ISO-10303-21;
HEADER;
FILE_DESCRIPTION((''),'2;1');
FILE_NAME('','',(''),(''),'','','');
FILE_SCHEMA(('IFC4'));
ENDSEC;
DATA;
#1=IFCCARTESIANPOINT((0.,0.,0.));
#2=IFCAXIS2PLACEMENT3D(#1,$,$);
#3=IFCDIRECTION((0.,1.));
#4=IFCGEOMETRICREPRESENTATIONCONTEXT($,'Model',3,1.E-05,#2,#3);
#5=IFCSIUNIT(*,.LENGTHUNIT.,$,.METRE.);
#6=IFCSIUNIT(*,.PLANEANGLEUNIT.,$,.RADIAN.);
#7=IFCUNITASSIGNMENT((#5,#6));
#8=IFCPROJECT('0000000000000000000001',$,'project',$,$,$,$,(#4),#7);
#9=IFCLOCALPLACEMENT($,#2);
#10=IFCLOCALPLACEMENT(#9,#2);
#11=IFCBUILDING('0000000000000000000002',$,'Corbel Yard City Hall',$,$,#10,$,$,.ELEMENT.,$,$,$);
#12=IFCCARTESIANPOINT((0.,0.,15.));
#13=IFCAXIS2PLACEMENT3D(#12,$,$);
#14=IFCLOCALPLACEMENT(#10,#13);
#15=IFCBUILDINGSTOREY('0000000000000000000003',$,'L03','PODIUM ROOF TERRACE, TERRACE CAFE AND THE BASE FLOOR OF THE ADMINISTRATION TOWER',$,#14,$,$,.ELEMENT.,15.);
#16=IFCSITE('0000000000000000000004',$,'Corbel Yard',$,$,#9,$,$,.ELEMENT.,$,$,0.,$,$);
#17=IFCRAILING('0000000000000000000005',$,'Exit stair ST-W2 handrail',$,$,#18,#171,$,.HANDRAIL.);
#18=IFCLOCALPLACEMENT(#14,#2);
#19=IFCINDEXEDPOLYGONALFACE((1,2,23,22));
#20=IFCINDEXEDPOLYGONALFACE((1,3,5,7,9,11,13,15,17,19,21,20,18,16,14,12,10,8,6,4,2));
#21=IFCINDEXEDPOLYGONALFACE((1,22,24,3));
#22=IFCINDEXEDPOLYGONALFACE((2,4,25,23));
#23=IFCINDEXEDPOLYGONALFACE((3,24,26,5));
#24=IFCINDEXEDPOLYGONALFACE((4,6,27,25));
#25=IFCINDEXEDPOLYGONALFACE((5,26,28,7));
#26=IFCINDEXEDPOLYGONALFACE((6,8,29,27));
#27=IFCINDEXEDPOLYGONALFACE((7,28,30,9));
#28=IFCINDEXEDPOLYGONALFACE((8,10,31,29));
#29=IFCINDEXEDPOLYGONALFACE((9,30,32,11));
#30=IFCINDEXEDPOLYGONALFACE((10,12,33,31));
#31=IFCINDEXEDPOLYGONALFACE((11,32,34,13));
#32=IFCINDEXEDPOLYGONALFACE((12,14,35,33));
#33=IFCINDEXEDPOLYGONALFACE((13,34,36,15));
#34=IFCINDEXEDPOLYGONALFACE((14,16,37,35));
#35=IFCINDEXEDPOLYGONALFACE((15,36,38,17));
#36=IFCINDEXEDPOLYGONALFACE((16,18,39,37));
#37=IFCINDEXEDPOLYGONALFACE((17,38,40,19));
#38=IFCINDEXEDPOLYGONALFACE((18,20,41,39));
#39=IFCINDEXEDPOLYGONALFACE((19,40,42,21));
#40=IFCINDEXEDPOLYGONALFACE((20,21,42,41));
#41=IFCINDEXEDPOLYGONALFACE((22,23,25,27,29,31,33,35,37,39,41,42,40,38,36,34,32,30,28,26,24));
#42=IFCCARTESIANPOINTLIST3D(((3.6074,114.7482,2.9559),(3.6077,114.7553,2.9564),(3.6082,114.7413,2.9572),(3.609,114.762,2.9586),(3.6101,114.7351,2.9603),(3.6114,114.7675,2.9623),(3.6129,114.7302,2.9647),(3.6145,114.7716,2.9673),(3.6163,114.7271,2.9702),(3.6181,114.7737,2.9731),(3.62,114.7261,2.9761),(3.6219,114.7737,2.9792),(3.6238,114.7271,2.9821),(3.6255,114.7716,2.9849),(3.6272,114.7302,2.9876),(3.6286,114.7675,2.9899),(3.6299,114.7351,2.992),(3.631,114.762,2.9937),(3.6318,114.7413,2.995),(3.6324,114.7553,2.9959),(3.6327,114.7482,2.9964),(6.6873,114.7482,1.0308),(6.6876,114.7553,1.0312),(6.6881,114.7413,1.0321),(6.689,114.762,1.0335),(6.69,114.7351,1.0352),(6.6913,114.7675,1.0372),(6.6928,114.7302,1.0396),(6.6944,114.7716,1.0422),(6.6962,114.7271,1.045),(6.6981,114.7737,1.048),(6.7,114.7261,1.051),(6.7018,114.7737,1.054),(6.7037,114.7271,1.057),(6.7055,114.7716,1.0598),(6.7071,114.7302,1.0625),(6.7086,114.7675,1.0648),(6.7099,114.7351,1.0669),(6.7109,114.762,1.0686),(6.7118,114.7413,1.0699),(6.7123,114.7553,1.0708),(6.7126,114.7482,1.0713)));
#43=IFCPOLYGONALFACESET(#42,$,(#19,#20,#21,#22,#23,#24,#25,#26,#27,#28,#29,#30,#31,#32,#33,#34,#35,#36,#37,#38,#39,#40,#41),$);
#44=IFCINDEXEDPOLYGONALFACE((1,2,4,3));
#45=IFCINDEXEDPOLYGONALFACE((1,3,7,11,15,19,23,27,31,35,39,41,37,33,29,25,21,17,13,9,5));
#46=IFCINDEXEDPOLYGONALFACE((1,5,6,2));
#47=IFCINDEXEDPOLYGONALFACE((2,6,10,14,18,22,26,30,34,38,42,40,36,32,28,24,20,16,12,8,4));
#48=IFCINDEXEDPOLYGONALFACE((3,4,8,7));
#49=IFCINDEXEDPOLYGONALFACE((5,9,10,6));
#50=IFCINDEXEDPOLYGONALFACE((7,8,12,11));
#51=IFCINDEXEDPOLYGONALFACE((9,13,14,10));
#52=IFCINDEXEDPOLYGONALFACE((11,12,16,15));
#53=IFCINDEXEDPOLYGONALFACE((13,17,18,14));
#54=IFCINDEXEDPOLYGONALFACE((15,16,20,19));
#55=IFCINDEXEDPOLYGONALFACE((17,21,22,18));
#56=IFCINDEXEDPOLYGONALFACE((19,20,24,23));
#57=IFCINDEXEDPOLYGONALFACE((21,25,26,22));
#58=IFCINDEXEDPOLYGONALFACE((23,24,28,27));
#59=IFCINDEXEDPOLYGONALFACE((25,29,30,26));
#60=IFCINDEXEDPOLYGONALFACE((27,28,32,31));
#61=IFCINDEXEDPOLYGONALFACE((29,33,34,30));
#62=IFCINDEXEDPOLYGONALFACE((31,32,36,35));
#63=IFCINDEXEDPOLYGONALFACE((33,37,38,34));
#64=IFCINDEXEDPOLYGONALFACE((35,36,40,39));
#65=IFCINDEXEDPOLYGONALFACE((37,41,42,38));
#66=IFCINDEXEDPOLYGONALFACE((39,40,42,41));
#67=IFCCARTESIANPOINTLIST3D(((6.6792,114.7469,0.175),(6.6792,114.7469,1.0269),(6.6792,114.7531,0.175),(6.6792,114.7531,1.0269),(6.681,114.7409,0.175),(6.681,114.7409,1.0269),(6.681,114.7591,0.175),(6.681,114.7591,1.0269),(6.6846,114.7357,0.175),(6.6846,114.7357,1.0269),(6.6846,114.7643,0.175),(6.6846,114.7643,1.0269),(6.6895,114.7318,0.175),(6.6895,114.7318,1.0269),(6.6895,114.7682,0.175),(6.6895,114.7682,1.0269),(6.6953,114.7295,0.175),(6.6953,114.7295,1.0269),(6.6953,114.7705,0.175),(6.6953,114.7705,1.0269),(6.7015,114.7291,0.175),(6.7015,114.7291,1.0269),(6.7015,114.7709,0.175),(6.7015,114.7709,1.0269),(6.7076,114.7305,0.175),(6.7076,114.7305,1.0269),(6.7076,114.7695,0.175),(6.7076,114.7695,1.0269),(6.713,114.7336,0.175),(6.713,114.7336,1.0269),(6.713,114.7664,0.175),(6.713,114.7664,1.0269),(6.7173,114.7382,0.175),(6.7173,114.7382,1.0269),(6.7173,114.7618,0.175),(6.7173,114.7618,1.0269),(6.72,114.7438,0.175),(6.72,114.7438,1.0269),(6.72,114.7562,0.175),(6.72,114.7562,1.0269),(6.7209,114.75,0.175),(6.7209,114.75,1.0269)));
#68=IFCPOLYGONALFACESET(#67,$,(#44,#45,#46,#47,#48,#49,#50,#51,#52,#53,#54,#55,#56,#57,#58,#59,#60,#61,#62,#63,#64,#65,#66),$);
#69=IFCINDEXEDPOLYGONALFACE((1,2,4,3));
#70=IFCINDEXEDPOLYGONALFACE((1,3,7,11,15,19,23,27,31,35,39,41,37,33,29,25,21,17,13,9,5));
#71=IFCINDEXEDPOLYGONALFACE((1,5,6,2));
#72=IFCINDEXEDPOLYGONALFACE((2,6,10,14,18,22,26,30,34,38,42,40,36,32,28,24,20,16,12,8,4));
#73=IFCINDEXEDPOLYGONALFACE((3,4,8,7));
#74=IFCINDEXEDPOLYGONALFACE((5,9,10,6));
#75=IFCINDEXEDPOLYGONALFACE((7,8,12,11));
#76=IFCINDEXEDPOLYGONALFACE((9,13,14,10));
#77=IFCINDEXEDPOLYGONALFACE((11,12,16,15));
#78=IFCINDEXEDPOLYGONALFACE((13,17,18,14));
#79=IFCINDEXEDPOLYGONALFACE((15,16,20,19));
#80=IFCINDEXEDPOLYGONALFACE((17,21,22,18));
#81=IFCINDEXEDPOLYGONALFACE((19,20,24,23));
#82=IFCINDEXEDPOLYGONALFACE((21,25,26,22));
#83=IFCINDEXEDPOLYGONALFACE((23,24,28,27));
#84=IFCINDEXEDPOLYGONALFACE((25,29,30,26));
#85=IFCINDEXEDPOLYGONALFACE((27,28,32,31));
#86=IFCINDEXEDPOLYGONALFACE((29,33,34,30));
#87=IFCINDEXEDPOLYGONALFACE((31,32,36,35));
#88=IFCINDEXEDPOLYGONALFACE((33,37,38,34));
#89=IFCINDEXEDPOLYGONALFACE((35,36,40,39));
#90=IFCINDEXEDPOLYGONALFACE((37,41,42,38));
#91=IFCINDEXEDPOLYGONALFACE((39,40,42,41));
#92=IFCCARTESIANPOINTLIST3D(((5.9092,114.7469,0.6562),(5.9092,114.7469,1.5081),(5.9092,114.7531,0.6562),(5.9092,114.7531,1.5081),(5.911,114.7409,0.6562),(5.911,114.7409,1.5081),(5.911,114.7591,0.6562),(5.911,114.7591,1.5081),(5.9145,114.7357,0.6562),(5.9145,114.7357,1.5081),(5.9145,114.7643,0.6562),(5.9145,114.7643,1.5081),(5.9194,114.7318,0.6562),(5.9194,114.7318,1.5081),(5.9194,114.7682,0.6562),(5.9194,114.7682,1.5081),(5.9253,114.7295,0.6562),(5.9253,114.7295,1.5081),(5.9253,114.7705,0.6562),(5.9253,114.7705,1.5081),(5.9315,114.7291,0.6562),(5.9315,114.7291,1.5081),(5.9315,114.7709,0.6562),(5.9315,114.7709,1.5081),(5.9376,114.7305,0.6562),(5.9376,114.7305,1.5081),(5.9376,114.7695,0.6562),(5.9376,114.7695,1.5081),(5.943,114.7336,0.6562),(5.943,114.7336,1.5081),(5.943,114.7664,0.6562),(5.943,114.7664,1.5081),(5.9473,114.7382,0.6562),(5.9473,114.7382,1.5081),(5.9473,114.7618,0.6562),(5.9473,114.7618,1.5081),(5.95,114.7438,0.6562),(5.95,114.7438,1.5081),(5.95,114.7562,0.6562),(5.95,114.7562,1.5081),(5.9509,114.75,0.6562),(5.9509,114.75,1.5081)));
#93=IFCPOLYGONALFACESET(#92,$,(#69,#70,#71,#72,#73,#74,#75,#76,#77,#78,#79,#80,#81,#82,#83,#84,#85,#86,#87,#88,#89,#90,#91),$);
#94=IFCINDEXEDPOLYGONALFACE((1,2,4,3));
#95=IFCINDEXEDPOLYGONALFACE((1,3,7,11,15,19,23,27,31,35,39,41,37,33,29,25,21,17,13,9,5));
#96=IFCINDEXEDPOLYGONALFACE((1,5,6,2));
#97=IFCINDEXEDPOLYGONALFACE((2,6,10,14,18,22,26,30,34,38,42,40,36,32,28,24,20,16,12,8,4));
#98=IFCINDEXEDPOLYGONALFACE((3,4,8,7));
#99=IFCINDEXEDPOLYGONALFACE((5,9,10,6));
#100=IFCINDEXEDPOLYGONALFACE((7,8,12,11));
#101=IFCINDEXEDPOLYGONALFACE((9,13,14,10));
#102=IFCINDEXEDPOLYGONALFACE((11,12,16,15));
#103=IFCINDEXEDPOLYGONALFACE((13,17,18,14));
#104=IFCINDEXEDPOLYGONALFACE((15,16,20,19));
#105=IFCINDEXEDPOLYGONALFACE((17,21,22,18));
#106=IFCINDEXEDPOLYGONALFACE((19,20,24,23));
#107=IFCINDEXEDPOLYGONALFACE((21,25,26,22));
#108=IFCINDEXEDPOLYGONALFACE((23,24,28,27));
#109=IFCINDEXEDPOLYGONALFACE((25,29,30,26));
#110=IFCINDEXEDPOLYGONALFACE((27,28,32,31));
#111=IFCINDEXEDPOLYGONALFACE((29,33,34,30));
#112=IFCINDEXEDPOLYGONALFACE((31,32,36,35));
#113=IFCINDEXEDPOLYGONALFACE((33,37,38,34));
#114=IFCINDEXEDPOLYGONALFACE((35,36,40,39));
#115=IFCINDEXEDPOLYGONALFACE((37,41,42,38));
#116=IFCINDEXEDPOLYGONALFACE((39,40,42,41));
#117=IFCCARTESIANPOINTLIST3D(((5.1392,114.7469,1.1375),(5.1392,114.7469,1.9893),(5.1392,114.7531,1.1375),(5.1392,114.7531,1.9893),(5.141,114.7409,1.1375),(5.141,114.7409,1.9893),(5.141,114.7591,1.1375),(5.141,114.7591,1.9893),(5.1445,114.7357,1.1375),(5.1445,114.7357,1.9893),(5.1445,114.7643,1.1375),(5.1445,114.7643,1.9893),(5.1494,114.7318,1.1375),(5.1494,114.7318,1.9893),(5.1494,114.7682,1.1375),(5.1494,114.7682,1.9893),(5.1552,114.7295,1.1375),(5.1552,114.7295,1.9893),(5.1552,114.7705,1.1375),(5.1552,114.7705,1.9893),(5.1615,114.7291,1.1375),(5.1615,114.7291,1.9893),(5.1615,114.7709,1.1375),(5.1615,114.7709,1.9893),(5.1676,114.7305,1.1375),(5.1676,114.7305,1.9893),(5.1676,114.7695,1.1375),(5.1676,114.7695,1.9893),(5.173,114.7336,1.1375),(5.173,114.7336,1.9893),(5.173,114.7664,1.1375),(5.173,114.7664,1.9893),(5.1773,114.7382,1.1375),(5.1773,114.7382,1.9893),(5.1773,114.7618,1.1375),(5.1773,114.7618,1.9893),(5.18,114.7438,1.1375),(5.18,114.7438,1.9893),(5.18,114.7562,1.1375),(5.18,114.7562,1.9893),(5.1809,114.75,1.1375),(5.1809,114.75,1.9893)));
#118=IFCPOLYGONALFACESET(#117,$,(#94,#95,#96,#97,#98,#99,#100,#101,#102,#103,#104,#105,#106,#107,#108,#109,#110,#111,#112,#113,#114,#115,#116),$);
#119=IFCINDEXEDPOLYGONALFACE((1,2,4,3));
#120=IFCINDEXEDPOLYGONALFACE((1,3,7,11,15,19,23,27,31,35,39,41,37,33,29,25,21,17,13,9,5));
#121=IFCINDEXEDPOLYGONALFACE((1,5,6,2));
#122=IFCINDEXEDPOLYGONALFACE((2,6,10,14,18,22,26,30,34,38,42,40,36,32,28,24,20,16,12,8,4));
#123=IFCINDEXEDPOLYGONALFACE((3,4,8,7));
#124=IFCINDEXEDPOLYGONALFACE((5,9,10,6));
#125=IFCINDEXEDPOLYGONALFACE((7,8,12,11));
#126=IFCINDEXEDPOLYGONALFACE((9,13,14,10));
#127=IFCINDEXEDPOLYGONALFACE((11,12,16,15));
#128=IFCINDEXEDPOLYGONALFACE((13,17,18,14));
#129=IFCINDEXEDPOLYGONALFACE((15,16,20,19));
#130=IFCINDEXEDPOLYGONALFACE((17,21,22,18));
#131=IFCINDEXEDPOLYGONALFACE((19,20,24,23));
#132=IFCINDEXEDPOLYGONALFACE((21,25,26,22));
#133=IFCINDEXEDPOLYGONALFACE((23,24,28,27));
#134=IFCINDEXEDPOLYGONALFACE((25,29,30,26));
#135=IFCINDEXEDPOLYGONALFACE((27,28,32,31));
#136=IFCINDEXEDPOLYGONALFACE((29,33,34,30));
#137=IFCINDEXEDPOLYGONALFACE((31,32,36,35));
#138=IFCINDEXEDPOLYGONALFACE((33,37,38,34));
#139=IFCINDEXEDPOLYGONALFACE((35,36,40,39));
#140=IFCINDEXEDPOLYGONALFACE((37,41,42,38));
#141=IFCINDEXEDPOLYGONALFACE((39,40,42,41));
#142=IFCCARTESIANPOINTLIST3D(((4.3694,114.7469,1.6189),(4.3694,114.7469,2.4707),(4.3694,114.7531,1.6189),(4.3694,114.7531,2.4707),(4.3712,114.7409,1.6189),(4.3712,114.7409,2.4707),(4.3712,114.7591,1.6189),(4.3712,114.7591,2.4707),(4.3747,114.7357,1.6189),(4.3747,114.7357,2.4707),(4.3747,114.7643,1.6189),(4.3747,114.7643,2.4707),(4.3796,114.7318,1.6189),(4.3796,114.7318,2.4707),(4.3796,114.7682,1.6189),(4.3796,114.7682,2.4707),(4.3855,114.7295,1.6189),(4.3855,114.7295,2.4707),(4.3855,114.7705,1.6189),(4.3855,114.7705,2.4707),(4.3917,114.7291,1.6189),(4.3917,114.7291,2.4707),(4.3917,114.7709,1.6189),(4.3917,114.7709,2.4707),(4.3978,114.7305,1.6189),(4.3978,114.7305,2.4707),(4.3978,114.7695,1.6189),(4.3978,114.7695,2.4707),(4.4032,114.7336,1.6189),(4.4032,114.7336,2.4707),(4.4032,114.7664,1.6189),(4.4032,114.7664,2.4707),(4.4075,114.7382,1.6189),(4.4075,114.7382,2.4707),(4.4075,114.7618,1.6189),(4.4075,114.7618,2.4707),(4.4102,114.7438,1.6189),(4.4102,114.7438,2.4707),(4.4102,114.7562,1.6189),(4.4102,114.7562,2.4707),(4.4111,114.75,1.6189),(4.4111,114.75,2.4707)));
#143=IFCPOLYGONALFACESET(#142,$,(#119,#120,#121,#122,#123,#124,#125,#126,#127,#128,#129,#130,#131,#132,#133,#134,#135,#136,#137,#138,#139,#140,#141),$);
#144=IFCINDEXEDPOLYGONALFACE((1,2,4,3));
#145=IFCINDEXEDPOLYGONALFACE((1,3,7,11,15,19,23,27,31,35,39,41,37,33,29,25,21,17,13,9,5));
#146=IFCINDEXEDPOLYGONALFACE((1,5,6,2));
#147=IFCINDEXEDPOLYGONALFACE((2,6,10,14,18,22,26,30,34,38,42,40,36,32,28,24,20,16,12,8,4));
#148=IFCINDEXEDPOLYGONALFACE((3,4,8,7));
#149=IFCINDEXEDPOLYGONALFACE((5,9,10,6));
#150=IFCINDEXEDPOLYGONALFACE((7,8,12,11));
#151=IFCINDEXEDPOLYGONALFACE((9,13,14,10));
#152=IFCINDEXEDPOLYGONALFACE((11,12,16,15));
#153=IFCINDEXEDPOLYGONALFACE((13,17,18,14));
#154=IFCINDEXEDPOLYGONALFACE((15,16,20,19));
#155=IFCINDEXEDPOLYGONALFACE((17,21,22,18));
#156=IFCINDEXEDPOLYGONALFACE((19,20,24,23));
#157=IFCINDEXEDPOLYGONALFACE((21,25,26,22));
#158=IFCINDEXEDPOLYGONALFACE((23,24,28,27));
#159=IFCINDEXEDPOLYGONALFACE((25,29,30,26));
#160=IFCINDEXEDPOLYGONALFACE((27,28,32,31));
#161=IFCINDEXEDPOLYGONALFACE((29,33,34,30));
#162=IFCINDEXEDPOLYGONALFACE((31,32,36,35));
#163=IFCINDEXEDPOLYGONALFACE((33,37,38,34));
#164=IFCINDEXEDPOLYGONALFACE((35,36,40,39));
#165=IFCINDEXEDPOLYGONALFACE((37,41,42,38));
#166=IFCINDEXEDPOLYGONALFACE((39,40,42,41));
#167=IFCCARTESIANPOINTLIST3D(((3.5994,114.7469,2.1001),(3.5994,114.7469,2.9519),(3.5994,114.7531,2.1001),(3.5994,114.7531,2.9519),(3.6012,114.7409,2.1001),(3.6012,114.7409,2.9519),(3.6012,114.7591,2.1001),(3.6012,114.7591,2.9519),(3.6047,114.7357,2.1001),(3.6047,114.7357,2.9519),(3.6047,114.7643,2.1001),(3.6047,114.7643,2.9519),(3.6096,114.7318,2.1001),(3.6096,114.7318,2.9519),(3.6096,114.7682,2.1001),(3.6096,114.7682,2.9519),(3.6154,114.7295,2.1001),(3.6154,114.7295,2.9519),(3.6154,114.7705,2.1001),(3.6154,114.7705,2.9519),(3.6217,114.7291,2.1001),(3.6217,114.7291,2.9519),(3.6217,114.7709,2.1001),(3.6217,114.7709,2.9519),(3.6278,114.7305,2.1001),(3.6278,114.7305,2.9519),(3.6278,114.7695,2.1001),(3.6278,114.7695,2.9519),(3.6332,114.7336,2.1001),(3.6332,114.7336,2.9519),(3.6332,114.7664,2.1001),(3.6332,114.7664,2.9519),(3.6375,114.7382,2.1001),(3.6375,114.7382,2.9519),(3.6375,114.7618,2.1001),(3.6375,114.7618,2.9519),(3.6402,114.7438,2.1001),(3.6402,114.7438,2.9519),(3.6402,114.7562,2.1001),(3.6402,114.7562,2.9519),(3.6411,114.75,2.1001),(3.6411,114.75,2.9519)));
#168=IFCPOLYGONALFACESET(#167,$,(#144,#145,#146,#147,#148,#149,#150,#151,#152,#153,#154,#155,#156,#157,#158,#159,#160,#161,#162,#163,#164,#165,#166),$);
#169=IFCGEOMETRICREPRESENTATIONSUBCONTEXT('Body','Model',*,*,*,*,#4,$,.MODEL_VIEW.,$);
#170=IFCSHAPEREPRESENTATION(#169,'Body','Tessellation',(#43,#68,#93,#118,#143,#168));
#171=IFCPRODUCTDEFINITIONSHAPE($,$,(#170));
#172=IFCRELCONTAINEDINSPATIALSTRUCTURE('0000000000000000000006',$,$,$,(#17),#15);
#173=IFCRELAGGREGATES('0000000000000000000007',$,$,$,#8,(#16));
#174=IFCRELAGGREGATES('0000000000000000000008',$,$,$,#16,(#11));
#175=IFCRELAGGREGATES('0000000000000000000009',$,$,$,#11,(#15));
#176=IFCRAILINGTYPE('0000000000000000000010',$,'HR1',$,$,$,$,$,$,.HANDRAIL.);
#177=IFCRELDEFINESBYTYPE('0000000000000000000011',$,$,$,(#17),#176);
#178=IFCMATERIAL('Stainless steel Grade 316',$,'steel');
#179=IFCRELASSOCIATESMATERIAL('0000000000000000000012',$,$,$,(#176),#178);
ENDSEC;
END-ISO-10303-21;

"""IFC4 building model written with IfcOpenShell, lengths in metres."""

from ifc_helpers import new_model, si_unit, direction, frame, origin, origin_2d, place, context, subcontext, project, spatial, circle, extrude, material, type_object, element, save


model = new_model("IFC4")

# Units and contexts
model_context = context("Model", 3, precision=1e-05, world=origin(), true_north=direction((0.0, 1.0)))
body_context = subcontext(model_context, "Body", "Model", "MODEL_VIEW")
ifc_project = project(units=[si_unit("LENGTHUNIT", "METRE"), si_unit("PLANEANGLEUNIT", "RADIAN")], contexts=[model_context])

# Site, building, storey
site_placement = place(None, origin())
site = spatial("IfcSite", under=ifc_project, at=site_placement, Name="Corbel Yard", CompositionType="ELEMENT", RefElevation=0.0)
building_placement = place(site_placement, origin())
building = spatial("IfcBuilding", under=site, at=building_placement, Name="Corbel Yard City Hall", CompositionType="ELEMENT")
storey_placement = place(building_placement, frame((0.0, 0.0, 15.0)))
storey = spatial("IfcBuildingStorey", under=building, at=storey_placement, Name="L03", Description="PODIUM ROOF TERRACE, TERRACE CAFE AND THE BASE FLOOR OF THE ADMINISTRATION TOWER", CompositionType="ELEMENT", Elevation=15.0)

# Railing
ifc_material_1 = material(Name="Stainless steel Grade 316", Category="steel")
railing_type = type_object("IfcRailingType", Name="HR1", PredefinedType="HANDRAIL", material=ifc_material_1)
for number, where, name in (
    (1, (6.7, 114.75, 0.175), "Exit stair ST-W2 handrail"),
):
    element("IfcRailing", number, at=place(storey_placement, frame(where)), inside=storey, type_object=railing_type, Name=name, PredefinedType="HANDRAIL", context=body_context, shape_type="SweptSolid", body=[
        extrude(circle(Radius=0.0239, at=origin_2d()), frame((0.0, 0.0, 0.876), z_axis=(-0.847979, 0.0, 0.530029), x_axis=(0.0, -1.0, 0.0)), (0.0, 0.0, 1.0), 3.6321),
        extrude(circle(Radius=0.021, at=origin_2d()), origin(), (0.0, 0.0, 1.0), 0.8518),
        extrude(circle(Radius=0.021, at=origin_2d()), frame((-0.77, 0.0, 0.4812)), (0.0, 0.0, 1.0), 0.8518),
        extrude(circle(Radius=0.021, at=origin_2d()), frame((-1.54, 0.0, 0.9624)), (0.0, 0.0, 1.0), 0.8518),
        extrude(circle(Radius=0.021, at=origin_2d()), frame((-2.3098, 0.0, 1.4438)), (0.0, 0.0, 1.0), 0.8518),
        extrude(circle(Radius=0.021, at=origin_2d()), frame((-3.0798, 0.0, 1.925)), (0.0, 0.0, 1.0), 0.8518),
    ])

save(model, "model.ifc")
